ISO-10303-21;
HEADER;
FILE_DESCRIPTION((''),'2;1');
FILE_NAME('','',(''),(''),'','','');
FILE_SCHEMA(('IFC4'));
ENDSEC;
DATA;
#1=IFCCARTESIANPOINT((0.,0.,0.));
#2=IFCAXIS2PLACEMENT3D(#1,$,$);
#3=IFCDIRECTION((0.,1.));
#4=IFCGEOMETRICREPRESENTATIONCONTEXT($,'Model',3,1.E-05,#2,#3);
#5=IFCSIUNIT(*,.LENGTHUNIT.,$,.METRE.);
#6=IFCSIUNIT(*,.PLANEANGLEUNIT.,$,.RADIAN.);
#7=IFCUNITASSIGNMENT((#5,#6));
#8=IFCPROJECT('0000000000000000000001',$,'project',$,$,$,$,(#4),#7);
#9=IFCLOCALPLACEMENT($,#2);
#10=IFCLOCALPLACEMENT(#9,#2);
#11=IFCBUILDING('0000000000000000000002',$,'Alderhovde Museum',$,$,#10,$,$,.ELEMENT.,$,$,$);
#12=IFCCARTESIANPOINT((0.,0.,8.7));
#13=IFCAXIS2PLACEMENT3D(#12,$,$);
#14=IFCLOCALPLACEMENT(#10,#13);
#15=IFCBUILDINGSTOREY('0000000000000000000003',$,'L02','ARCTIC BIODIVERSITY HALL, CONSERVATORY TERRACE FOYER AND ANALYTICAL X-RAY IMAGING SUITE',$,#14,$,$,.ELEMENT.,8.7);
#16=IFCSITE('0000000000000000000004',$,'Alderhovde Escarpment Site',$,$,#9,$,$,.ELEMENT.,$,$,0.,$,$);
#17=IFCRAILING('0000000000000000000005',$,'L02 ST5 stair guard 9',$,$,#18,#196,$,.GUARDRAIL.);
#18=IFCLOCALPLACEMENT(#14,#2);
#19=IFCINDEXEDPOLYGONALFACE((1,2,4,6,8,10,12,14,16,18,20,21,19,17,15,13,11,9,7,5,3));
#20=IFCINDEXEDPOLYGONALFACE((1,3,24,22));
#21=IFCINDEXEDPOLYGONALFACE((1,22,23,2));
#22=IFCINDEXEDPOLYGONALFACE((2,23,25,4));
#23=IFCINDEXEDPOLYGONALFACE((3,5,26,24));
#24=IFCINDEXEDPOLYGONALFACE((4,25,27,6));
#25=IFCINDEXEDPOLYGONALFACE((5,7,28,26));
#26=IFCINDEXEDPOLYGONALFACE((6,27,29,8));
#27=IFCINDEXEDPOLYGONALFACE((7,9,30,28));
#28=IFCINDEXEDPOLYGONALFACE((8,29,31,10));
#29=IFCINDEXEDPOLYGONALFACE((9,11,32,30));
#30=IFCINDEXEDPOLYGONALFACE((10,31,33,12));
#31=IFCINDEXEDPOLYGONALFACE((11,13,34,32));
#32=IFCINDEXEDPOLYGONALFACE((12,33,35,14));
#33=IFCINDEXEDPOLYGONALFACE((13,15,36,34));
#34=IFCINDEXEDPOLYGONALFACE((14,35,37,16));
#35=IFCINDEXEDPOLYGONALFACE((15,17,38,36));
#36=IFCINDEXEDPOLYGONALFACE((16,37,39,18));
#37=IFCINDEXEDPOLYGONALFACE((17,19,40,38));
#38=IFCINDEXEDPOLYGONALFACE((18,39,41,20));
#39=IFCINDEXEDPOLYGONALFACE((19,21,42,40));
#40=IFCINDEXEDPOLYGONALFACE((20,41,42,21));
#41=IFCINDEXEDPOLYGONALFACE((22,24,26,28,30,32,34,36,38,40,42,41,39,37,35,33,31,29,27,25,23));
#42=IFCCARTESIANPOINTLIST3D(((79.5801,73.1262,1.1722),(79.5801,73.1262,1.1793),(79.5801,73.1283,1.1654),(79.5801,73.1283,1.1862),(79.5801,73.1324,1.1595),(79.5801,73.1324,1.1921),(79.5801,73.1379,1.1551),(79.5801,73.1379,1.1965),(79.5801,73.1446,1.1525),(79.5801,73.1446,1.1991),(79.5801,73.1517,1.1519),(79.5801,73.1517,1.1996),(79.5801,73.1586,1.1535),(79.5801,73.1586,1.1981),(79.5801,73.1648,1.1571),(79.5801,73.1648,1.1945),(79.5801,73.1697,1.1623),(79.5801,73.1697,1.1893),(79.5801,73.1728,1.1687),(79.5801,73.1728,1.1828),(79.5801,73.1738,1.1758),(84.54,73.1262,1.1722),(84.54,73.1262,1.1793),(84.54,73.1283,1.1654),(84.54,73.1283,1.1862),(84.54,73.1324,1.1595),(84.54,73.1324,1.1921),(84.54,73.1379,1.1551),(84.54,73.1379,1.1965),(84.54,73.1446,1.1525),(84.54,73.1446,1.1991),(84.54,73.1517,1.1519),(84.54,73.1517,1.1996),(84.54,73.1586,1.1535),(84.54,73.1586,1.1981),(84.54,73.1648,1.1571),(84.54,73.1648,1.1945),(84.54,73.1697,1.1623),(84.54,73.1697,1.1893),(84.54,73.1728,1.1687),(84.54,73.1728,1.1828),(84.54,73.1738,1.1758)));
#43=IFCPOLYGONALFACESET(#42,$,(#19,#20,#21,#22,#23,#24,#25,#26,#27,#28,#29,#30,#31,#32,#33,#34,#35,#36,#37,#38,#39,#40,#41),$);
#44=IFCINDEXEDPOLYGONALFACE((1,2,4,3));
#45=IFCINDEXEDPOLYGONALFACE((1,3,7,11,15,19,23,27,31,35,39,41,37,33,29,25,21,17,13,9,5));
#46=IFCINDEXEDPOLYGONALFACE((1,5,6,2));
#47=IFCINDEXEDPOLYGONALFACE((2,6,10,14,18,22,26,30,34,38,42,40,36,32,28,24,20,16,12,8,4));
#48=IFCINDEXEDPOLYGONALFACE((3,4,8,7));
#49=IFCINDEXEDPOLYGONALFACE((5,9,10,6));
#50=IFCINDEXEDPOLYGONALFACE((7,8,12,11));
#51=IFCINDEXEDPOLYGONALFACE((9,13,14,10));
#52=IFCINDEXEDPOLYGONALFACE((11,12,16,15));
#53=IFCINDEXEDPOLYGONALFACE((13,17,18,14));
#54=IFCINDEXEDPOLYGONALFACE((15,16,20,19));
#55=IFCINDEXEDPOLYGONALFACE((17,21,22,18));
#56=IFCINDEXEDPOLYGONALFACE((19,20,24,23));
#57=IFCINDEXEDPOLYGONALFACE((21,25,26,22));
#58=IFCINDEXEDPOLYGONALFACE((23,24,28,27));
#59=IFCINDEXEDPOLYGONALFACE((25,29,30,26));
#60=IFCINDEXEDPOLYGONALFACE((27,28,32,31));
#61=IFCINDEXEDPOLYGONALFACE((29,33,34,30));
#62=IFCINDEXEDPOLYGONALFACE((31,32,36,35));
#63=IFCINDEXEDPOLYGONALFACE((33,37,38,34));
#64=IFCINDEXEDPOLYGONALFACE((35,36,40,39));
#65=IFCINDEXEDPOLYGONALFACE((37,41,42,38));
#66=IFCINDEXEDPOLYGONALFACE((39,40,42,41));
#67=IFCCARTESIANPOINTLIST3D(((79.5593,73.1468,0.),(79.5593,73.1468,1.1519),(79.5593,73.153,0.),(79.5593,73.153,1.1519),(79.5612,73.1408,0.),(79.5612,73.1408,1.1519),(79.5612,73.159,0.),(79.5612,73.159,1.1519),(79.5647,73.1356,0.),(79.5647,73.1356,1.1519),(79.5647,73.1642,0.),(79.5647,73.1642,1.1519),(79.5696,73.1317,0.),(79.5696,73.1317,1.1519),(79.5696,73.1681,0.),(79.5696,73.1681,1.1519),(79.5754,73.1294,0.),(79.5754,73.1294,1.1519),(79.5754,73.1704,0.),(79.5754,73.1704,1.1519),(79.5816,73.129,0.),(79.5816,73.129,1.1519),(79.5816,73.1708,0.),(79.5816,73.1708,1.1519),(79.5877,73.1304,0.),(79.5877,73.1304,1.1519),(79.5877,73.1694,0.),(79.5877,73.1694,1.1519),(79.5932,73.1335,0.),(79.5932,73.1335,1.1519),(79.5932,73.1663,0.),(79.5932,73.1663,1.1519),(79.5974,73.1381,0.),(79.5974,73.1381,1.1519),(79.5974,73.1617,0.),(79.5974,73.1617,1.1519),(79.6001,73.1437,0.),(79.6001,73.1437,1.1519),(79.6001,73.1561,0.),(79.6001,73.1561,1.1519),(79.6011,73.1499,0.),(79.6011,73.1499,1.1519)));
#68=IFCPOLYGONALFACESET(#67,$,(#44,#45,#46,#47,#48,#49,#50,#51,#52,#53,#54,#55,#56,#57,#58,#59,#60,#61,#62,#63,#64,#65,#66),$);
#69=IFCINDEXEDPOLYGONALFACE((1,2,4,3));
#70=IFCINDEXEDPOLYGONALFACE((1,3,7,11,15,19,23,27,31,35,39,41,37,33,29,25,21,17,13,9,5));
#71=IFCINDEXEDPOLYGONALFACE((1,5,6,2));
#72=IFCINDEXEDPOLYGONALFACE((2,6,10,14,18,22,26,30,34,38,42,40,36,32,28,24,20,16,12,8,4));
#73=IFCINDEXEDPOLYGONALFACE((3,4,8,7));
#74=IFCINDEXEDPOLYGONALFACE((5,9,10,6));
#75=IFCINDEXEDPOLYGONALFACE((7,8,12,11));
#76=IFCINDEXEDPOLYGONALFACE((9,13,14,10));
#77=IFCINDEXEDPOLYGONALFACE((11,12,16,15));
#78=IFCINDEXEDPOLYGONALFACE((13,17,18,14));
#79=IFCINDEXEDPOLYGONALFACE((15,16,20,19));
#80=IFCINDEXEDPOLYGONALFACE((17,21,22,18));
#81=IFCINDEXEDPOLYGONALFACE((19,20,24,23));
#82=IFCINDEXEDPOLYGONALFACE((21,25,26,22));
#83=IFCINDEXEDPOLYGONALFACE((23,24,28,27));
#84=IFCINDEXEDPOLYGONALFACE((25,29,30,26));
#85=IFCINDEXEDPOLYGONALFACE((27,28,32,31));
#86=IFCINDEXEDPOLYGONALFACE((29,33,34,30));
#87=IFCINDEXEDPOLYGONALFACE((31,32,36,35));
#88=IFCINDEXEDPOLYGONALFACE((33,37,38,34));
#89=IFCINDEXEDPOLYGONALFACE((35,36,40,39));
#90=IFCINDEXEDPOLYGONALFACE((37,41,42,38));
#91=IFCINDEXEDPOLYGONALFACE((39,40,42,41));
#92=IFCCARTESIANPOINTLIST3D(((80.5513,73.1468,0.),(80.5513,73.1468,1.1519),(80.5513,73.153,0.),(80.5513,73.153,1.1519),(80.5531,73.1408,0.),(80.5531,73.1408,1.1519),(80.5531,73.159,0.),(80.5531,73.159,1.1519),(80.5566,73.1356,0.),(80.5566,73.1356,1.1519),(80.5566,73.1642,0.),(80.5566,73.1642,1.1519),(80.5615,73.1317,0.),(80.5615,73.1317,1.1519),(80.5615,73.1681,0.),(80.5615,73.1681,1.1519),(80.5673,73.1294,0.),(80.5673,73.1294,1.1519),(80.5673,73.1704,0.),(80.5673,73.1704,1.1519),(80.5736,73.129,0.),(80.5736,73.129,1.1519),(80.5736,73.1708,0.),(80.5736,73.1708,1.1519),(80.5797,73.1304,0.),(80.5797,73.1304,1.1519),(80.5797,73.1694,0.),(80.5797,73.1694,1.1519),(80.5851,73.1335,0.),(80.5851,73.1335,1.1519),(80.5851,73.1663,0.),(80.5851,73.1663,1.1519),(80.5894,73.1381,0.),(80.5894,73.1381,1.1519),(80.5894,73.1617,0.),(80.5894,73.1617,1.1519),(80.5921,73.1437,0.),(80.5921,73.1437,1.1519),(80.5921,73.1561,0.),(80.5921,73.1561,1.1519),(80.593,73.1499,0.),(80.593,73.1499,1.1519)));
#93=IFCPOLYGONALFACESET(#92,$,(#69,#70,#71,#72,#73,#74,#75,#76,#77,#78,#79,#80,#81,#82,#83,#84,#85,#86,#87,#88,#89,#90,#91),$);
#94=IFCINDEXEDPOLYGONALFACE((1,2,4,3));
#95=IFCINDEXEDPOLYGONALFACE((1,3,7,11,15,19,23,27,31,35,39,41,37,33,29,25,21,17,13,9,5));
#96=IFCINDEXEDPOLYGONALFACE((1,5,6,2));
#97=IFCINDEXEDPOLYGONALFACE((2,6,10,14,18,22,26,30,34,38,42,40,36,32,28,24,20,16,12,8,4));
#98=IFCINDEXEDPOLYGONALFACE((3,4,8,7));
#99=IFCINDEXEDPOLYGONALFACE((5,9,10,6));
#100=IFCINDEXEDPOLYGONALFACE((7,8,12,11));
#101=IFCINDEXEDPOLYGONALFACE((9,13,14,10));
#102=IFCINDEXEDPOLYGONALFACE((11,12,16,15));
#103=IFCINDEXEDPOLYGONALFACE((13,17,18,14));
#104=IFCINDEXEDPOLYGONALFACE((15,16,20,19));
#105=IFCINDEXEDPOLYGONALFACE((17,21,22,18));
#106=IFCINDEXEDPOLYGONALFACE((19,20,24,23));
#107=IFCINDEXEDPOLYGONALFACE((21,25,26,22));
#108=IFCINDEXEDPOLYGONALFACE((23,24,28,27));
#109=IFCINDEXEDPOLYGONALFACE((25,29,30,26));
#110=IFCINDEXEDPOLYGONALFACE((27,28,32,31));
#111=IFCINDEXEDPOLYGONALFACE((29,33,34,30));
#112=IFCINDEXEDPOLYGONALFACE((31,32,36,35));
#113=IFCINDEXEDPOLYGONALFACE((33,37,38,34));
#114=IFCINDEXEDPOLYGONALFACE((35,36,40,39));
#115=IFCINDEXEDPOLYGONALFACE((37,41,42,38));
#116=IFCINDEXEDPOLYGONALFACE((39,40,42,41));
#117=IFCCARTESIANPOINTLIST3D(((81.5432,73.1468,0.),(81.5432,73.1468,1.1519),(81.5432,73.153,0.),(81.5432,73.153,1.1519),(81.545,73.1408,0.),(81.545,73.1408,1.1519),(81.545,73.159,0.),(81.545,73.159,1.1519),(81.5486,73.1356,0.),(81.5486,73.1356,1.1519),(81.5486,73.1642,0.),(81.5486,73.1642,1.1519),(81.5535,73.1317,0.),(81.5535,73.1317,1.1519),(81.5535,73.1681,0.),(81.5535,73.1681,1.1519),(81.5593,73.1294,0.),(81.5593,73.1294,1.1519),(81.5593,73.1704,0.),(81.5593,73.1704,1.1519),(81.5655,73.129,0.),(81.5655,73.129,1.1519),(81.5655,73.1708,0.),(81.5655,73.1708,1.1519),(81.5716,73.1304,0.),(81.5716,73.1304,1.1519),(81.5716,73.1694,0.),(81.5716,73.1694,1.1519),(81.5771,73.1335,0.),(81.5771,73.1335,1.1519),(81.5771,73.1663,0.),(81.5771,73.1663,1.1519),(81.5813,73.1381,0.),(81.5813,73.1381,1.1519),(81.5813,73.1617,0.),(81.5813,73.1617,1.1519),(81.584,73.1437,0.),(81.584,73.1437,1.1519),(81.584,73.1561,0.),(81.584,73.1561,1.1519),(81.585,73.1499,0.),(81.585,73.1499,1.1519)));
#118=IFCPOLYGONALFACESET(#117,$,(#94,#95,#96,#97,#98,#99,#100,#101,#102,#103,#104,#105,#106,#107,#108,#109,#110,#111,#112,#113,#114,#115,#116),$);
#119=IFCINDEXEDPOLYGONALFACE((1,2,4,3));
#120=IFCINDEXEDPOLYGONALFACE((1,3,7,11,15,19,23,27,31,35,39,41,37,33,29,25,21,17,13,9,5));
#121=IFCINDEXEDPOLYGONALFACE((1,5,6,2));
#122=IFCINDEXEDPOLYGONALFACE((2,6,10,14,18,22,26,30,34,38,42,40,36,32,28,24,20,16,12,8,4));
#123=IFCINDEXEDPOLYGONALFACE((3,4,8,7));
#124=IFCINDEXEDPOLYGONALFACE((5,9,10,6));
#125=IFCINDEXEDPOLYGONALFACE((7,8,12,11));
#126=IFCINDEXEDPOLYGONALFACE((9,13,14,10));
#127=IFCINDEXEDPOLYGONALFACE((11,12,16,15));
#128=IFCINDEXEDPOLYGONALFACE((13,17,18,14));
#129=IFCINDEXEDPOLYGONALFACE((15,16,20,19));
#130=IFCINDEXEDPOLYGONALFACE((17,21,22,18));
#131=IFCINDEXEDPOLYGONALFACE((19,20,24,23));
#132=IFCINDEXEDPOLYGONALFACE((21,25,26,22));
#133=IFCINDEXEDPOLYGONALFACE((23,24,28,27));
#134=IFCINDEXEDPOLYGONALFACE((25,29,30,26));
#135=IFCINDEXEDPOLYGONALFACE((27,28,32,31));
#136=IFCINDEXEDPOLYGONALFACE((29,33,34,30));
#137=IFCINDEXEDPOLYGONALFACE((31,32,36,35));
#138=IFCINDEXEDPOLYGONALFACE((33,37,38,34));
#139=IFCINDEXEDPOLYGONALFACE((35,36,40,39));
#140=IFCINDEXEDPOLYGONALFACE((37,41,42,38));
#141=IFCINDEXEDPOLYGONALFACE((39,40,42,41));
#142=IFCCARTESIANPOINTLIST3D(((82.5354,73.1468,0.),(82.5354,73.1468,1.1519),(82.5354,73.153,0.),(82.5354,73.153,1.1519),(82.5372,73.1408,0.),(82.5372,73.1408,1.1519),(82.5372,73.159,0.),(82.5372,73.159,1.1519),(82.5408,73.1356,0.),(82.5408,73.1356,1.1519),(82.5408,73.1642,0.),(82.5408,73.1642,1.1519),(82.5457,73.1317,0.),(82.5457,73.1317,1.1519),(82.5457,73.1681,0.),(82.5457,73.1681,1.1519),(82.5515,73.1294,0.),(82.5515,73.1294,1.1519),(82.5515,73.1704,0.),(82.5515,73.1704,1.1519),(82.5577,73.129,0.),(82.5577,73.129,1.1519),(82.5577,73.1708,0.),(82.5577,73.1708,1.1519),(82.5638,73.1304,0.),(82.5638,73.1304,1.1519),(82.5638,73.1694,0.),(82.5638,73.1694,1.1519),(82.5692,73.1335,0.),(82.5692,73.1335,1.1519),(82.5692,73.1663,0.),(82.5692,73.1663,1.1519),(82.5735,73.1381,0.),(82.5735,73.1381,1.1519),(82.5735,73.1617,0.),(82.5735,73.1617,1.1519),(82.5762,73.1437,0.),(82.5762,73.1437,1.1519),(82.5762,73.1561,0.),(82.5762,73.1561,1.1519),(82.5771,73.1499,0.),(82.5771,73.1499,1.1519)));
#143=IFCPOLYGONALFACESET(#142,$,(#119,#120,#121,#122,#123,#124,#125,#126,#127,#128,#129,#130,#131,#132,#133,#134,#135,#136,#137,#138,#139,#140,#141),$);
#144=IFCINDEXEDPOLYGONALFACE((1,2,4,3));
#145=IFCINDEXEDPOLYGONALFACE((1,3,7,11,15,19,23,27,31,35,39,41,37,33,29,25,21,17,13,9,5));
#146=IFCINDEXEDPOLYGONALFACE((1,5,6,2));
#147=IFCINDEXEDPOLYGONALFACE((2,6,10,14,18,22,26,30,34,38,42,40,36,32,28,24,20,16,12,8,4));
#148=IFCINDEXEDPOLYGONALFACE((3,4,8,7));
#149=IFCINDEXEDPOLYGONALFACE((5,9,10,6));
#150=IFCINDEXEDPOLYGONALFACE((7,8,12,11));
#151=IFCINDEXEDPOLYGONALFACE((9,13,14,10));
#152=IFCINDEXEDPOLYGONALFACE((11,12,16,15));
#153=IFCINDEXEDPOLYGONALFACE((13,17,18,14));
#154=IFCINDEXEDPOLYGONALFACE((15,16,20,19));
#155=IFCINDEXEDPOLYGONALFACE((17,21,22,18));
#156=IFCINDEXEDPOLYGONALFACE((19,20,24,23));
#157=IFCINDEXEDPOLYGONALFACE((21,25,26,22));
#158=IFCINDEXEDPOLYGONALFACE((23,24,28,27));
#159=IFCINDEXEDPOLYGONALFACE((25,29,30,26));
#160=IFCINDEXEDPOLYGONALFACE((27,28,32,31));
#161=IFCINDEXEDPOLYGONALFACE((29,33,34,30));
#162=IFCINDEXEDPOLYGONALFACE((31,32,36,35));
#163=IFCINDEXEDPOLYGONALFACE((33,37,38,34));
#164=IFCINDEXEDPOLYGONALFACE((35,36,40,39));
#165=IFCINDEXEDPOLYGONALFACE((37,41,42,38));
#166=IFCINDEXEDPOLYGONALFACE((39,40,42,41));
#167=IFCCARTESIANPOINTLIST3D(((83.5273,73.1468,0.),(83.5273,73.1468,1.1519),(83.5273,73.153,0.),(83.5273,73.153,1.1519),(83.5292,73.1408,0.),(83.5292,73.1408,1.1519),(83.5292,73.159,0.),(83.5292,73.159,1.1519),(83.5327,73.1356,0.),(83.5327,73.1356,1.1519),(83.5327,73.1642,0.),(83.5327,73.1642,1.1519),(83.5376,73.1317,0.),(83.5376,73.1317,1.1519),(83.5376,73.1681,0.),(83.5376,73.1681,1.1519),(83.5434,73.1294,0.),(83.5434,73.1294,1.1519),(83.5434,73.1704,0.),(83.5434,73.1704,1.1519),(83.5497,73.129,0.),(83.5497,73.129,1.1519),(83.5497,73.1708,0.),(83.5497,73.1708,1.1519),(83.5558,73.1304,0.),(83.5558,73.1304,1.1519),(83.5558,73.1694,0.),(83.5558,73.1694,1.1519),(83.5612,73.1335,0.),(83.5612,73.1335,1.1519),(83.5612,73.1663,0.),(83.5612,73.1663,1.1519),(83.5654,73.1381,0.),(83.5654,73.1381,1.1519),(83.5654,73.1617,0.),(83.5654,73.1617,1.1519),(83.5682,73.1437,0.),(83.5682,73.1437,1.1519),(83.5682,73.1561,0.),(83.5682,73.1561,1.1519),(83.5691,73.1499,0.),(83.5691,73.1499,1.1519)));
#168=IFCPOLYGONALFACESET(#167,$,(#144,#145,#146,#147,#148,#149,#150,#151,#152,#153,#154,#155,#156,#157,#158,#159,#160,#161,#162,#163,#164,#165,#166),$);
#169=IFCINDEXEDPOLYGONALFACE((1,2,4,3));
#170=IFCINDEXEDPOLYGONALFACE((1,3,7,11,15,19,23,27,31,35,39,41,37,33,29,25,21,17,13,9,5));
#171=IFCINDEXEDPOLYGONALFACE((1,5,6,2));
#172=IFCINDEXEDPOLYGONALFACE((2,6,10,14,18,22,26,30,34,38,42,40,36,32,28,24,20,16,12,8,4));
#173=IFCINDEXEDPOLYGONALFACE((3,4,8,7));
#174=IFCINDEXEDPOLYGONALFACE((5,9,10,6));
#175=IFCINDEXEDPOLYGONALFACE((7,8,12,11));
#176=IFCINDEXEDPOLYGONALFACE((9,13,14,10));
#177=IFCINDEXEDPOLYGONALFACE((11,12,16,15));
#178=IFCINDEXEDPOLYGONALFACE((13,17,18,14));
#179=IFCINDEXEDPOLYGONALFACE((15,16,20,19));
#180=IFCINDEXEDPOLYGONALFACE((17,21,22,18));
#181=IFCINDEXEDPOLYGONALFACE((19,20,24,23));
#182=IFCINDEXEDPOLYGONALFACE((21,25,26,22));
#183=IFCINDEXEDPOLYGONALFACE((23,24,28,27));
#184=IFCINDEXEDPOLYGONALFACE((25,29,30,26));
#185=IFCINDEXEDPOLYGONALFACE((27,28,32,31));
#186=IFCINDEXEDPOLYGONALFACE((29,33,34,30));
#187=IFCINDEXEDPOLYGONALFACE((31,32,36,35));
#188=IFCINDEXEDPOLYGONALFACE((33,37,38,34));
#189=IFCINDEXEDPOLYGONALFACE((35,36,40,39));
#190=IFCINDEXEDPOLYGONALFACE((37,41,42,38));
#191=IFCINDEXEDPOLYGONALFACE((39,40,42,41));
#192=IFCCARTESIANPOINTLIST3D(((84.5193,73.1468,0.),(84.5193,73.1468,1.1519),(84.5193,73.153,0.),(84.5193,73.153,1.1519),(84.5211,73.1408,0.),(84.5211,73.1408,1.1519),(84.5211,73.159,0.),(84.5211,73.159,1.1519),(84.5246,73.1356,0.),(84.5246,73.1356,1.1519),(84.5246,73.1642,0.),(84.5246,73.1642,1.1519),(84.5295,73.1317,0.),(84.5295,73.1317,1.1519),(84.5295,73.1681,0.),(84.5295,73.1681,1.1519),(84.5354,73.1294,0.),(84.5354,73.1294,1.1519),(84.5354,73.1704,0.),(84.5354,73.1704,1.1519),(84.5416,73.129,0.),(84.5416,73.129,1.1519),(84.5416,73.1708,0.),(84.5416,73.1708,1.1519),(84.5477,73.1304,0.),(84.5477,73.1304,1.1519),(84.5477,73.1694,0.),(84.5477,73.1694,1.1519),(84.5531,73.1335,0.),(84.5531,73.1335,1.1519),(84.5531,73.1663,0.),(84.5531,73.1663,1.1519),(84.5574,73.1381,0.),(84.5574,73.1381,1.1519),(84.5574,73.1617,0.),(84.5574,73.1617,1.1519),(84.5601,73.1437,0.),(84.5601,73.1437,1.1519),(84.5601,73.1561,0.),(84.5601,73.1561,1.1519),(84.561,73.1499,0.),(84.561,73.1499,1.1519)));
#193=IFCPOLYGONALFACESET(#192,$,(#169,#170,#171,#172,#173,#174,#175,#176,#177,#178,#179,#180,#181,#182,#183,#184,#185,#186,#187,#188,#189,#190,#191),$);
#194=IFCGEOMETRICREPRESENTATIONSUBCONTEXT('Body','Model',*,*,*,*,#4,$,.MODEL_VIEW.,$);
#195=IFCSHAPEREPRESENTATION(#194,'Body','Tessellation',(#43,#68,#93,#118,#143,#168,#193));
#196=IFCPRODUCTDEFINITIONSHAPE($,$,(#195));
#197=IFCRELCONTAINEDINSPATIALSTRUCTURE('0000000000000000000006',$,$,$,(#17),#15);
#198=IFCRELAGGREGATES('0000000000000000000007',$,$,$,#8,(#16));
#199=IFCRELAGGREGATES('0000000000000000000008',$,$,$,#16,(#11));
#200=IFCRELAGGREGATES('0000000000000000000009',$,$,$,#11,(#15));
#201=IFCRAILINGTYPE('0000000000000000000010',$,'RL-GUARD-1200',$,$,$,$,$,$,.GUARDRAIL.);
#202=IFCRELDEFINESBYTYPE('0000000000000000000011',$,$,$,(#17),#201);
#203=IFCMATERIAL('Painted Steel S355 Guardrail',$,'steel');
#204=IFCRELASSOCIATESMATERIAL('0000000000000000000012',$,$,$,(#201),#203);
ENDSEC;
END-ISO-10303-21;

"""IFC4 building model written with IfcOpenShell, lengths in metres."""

from ifc_helpers import new_model, si_unit, direction, frame, origin, origin_2d, place, context, subcontext, project, spatial, circle, extrude, material, type_object, element, save


model = new_model("IFC4")

# Units and contexts
model_context = context("Model", 3, precision=1e-05, world=origin(), true_north=direction((0.0, 1.0)))
body_context = subcontext(model_context, "Body", "Model", "MODEL_VIEW")
ifc_project = project(units=[si_unit("LENGTHUNIT", "METRE"), si_unit("PLANEANGLEUNIT", "RADIAN")], contexts=[model_context])

# Site, building, storey
site_placement = place(None, origin())
site = spatial("IfcSite", under=ifc_project, at=site_placement, Name="Alderhovde Escarpment Site", CompositionType="ELEMENT", RefElevation=0.0)
building_placement = place(site_placement, origin())
building = spatial("IfcBuilding", under=site, at=building_placement, Name="Alderhovde Museum", CompositionType="ELEMENT")
storey_placement = place(building_placement, frame((0.0, 0.0, 8.7)))
storey = spatial("IfcBuildingStorey", under=building, at=storey_placement, Name="L02", Description="ARCTIC BIODIVERSITY HALL, CONSERVATORY TERRACE FOYER AND ANALYTICAL X-RAY IMAGING SUITE", CompositionType="ELEMENT", Elevation=8.7)

# Railing
ifc_material_1 = material(Name="Painted Steel S355 Guardrail", Category="steel")
railing_type_1 = type_object("IfcRailingType", Name="RL-GUARD-1200", PredefinedType="GUARDRAIL", material=ifc_material_1)
for number, where, name in (
    (1, (79.5801, 73.1499, 0.0), "L02 ST5 stair guard 9"),
):
    element("IfcRailing", number, at=place(storey_placement, frame(where)), inside=storey, type_object=railing_type_1, Name=name, PredefinedType="GUARDRAIL", context=body_context, shape_type="SweptSolid", body=[
        extrude(circle(Radius=0.0239, at=origin_2d()), frame((0.0, 0.0, 1.1758), z_axis=(1.0, 0.0, 0.0), x_axis=(0.0, 1.0, 0.0)), (0.0, 0.0, 1.0), 4.96),
        extrude(circle(Radius=0.021, at=origin_2d()), origin(), (0.0, 0.0, 1.0), 1.1519),
        extrude(circle(Radius=0.021, at=origin_2d()), frame((0.9919, 0.0, 0.0)), (0.0, 0.0, 1.0), 1.1519),
        extrude(circle(Radius=0.021, at=origin_2d()), frame((1.9839, 0.0, 0.0)), (0.0, 0.0, 1.0), 1.1519),
        extrude(circle(Radius=0.021, at=origin_2d()), frame((2.9761, 0.0, 0.0)), (0.0, 0.0, 1.0), 1.1519),
        extrude(circle(Radius=0.021, at=origin_2d()), frame((3.968, 0.0, 0.0)), (0.0, 0.0, 1.0), 1.1519),
        extrude(circle(Radius=0.021, at=origin_2d()), frame((4.96, 0.0, 0.0)), (0.0, 0.0, 1.0), 1.1519),
    ])

save(model, "model.ifc")
